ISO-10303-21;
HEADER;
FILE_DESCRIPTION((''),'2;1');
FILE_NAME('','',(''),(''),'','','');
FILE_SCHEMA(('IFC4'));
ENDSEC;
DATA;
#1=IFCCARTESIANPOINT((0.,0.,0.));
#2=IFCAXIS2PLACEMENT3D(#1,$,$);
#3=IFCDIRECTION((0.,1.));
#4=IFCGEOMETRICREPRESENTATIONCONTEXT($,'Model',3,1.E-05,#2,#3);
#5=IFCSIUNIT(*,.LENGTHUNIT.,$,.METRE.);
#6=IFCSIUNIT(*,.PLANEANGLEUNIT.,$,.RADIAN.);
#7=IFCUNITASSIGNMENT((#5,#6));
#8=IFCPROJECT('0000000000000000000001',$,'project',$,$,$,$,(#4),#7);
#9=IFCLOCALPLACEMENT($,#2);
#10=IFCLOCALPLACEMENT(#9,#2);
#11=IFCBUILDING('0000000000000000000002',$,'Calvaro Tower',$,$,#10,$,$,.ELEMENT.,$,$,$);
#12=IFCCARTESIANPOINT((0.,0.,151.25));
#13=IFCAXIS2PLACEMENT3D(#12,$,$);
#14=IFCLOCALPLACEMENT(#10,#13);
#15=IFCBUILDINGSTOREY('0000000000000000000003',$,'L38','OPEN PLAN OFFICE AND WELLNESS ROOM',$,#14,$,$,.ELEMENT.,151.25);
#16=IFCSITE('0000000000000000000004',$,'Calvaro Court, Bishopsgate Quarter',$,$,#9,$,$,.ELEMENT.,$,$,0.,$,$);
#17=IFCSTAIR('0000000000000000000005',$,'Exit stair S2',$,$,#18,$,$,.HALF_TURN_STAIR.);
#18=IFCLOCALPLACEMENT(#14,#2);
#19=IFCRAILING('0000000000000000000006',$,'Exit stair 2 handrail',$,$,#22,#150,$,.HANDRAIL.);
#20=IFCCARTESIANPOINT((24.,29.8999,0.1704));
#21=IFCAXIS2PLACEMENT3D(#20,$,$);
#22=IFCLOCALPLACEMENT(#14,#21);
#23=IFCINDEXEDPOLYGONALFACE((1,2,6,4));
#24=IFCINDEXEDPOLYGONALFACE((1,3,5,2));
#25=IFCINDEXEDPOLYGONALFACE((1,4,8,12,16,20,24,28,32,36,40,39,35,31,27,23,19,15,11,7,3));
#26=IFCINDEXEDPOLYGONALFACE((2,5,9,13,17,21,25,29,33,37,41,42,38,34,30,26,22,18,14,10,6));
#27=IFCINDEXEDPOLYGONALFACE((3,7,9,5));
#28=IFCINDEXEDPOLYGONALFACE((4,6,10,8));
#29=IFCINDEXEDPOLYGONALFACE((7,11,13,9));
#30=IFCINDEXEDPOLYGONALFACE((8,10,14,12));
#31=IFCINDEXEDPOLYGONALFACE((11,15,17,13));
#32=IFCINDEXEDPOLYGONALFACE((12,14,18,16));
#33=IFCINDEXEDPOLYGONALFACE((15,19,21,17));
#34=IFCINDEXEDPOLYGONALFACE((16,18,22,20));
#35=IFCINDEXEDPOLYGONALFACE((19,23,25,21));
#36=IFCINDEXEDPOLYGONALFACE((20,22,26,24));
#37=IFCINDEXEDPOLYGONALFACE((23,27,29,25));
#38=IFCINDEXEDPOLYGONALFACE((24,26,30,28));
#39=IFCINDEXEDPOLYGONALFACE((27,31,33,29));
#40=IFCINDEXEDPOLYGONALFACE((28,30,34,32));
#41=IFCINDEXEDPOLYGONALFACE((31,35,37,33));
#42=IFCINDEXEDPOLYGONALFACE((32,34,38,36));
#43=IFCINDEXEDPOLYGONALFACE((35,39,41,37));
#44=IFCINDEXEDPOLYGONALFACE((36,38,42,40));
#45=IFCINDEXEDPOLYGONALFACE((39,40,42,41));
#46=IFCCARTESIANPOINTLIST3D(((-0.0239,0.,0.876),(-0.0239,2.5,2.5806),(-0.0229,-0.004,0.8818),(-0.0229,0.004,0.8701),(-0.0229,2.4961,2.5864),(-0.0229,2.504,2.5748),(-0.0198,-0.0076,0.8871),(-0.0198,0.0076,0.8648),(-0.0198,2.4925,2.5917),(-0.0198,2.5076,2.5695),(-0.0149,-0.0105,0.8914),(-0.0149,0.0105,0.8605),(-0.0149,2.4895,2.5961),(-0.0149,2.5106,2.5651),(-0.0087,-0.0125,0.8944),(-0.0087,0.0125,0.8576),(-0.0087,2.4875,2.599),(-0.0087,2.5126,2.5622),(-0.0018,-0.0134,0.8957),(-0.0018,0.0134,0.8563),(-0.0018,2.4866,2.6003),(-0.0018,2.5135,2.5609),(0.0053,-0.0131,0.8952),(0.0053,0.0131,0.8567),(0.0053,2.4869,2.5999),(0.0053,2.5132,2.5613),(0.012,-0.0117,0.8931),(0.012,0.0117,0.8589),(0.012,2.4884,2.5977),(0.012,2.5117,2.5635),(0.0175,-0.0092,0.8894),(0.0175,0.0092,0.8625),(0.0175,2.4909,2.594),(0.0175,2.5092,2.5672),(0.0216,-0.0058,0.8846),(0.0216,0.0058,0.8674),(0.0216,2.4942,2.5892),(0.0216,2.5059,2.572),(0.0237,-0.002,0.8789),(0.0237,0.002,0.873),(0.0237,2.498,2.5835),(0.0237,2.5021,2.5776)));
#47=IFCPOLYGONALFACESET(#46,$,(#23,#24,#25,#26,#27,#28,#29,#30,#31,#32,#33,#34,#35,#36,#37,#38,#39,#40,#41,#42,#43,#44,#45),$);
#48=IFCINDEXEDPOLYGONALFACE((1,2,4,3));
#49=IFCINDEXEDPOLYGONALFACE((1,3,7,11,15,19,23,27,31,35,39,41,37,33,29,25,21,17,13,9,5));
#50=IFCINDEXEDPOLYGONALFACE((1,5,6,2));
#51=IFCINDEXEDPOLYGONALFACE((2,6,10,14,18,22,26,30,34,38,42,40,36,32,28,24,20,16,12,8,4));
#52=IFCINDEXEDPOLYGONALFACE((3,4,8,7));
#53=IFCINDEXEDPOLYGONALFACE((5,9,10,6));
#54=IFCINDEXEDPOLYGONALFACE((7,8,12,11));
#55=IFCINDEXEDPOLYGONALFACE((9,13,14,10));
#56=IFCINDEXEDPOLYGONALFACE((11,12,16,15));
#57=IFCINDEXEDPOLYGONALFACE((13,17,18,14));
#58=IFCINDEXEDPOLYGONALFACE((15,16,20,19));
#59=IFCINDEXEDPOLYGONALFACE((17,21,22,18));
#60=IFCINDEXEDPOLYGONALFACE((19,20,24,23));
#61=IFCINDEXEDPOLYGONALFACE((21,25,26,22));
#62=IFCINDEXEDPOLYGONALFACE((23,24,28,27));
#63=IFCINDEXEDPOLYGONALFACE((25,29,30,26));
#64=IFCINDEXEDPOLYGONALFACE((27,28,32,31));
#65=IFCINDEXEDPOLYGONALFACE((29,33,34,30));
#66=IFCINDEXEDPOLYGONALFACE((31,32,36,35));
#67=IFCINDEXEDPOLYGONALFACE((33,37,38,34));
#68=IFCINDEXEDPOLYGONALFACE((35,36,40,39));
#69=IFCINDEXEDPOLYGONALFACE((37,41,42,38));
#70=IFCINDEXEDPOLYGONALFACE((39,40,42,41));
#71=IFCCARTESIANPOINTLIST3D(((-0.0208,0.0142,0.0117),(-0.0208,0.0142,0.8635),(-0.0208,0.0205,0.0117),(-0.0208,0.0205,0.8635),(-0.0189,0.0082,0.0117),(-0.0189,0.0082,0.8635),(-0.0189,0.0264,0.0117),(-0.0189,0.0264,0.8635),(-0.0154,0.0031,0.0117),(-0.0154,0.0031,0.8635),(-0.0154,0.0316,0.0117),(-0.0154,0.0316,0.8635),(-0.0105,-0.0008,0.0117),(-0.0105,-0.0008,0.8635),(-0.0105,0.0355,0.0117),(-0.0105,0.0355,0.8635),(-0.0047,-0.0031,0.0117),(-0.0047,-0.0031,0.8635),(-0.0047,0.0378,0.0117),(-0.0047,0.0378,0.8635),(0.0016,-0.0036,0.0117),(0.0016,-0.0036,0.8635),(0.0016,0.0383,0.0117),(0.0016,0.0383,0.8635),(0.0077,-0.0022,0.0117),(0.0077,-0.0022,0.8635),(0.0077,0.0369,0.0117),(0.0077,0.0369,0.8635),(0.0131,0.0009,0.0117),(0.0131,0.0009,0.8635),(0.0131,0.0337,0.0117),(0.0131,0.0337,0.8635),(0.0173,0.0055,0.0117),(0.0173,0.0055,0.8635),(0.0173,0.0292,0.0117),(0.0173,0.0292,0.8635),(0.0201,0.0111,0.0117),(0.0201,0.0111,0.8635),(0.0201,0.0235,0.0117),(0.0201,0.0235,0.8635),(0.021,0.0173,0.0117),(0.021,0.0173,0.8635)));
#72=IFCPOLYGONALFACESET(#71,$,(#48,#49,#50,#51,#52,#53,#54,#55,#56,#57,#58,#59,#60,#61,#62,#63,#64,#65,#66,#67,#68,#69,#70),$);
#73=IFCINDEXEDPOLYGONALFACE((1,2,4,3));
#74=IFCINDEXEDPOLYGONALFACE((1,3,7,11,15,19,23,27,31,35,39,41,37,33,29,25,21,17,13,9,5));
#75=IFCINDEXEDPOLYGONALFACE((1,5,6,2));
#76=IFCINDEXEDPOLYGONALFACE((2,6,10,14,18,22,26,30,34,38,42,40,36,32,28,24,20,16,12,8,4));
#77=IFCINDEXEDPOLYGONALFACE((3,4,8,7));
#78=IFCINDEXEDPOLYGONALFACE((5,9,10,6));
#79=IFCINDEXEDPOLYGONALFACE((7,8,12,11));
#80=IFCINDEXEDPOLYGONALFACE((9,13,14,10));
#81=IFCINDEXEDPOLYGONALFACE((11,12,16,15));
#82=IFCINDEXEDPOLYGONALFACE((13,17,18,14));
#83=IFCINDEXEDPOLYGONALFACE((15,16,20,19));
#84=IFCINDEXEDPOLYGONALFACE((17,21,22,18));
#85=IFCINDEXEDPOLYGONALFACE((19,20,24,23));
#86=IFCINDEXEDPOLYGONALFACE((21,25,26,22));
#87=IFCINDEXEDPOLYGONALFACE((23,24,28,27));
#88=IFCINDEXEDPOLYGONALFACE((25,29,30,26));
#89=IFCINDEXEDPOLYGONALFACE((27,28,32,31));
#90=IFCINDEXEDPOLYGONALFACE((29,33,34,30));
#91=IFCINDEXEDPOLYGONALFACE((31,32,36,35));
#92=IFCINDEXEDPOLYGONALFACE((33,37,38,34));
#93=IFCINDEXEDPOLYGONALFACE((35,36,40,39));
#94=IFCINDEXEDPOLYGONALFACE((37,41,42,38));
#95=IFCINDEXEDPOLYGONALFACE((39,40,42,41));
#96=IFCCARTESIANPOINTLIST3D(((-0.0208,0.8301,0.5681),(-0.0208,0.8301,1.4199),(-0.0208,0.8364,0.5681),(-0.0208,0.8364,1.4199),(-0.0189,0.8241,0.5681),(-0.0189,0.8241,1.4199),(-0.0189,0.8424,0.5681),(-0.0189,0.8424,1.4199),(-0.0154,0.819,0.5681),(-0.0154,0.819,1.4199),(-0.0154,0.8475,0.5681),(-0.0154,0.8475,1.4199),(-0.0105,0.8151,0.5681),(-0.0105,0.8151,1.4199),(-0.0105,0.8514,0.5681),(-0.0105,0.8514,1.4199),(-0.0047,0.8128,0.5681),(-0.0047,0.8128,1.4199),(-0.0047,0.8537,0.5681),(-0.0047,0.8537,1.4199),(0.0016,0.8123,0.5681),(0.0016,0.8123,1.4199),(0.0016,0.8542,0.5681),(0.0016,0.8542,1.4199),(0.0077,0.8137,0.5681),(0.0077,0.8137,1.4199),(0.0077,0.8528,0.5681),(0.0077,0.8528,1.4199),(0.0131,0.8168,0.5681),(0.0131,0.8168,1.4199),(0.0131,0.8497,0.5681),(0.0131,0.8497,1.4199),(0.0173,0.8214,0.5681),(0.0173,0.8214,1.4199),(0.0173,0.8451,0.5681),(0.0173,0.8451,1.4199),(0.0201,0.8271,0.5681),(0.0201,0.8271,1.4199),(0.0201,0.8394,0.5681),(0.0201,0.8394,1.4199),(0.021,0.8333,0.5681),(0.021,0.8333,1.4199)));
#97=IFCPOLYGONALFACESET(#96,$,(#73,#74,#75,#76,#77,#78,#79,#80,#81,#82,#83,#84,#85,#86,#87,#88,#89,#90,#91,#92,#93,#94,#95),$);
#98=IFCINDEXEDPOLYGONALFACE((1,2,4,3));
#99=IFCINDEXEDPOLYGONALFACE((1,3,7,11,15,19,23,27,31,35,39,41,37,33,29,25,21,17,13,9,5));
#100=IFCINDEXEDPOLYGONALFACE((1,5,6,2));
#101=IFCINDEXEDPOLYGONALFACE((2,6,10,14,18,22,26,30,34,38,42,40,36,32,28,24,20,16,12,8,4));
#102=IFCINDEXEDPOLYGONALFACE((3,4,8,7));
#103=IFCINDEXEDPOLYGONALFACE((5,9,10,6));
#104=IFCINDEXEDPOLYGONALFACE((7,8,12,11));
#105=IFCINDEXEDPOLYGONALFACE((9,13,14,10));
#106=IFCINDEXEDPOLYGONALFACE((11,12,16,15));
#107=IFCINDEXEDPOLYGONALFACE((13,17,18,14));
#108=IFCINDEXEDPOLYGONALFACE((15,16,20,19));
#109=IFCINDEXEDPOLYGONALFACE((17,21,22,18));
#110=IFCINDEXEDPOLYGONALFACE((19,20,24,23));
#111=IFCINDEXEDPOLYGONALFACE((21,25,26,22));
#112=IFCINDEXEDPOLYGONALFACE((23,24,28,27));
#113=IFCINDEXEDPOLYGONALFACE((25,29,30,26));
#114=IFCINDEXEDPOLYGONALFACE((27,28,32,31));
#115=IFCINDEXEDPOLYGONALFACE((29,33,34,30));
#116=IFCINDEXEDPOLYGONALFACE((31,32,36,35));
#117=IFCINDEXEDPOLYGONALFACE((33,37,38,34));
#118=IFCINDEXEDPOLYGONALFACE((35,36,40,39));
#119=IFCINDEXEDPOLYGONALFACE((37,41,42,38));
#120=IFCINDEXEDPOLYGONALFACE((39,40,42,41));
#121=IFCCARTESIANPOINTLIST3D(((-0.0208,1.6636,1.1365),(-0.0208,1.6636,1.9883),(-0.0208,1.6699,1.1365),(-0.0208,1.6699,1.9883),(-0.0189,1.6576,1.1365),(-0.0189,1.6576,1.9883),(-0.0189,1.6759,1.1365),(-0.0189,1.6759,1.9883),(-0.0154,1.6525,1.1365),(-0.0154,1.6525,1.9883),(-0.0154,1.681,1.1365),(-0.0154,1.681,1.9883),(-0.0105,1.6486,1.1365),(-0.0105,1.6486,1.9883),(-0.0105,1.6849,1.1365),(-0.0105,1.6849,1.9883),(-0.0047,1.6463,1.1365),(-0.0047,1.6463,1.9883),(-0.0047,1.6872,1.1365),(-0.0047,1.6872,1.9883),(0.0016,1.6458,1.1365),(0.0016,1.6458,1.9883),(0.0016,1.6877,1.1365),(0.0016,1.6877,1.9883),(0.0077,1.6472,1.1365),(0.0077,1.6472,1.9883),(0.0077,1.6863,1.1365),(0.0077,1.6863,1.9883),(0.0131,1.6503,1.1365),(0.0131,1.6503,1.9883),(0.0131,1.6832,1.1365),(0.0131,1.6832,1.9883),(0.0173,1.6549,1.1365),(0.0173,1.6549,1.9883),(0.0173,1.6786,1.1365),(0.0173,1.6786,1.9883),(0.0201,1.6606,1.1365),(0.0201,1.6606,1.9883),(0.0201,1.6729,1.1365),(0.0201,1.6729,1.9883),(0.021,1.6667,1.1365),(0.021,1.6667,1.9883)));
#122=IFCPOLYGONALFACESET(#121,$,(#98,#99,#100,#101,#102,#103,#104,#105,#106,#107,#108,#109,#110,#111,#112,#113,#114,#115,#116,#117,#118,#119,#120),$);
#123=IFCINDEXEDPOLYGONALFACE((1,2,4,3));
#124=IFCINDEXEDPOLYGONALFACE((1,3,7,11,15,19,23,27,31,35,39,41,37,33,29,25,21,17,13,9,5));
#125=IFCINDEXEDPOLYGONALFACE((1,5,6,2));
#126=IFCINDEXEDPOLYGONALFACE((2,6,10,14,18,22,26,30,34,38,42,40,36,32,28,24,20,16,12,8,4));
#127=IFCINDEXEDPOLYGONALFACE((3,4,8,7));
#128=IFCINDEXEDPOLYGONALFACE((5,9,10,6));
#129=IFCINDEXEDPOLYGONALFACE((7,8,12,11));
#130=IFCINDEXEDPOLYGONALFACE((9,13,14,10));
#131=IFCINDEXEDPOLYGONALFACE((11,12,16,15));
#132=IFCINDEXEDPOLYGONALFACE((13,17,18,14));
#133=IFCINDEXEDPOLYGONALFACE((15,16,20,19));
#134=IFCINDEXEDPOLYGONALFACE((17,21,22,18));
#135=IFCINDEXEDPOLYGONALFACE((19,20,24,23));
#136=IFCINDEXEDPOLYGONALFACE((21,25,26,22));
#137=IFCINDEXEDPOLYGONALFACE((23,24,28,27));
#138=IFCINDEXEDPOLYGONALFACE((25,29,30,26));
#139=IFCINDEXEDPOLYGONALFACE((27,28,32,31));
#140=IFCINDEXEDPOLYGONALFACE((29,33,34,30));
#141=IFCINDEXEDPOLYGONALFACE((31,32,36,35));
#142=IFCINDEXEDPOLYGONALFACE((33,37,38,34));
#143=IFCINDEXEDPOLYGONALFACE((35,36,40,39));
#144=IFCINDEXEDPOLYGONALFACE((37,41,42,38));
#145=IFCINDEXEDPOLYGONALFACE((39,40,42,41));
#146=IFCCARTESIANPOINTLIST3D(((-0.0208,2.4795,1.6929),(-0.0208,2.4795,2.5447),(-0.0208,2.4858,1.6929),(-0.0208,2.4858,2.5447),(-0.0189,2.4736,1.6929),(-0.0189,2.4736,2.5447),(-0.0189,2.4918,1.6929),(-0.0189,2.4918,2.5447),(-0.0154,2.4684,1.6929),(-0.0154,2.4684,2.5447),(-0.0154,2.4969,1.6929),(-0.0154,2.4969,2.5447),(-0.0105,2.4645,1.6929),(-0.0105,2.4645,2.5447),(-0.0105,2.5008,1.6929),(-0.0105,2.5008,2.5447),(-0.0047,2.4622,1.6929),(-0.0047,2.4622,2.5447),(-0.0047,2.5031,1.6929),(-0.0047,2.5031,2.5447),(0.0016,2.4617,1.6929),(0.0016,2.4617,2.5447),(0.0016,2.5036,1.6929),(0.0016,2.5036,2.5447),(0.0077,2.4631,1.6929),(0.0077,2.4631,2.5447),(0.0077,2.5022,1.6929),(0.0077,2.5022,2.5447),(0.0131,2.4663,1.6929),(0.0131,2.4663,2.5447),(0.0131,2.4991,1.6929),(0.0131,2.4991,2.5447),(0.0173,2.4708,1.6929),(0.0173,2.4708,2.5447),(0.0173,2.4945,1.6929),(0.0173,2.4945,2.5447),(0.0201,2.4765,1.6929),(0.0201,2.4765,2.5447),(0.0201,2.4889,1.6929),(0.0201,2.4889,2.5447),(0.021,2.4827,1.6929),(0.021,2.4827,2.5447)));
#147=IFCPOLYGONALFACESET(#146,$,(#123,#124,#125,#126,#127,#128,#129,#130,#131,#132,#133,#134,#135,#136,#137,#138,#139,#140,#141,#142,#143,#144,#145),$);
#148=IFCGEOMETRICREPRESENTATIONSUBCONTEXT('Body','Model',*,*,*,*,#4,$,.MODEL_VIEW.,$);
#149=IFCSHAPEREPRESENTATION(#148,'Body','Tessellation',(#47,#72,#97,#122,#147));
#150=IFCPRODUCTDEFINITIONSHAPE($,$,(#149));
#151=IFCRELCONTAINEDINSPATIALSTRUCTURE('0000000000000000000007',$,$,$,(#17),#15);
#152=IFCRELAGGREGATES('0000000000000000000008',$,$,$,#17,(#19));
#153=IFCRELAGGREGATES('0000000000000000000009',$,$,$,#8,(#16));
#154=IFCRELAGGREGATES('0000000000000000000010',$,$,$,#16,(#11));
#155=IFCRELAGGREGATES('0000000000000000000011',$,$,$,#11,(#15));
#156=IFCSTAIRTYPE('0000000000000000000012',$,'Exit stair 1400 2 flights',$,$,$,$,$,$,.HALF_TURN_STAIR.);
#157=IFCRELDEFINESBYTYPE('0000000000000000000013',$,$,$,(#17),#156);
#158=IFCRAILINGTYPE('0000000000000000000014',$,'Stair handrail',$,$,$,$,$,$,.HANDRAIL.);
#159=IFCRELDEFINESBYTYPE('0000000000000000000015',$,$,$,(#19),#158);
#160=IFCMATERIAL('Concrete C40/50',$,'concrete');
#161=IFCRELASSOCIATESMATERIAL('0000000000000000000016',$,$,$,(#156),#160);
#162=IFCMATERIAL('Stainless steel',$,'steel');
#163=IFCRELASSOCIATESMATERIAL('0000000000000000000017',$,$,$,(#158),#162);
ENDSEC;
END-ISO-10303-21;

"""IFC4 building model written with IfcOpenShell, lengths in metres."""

from ifc_helpers import new_model, si_unit, direction, frame, origin, origin_2d, place, context, subcontext, project, spatial, circle, extrude, material, type_object, element, aggregate, save


model = new_model("IFC4")

# Units and contexts
model_context = context("Model", 3, precision=1e-05, world=origin(), true_north=direction((0.0, 1.0)))
body_context = subcontext(model_context, "Body", "Model", "MODEL_VIEW")
ifc_project = project(units=[si_unit("LENGTHUNIT", "METRE"), si_unit("PLANEANGLEUNIT", "RADIAN")], contexts=[model_context])

# Site, building, storey
site_placement = place(None, origin())
site = spatial("IfcSite", under=ifc_project, at=site_placement, Name="Calvaro Court, Bishopsgate Quarter", CompositionType="ELEMENT", RefElevation=0.0)
building_placement = place(site_placement, origin())
building = spatial("IfcBuilding", under=site, at=building_placement, Name="Calvaro Tower", CompositionType="ELEMENT")
storey_placement = place(building_placement, frame((0.0, 0.0, 151.25)))
storey = spatial("IfcBuildingStorey", under=building, at=storey_placement, Name="L38", Description="OPEN PLAN OFFICE AND WELLNESS ROOM", CompositionType="ELEMENT", Elevation=151.25)

# Stair, railing
ifc_material_1 = material(Name="Concrete C40/50", Category="concrete")
stair_type = type_object("IfcStairType", Name="Exit stair 1400 2 flights", PredefinedType="HALF_TURN_STAIR", material=ifc_material_1)
stair_placement = place(storey_placement, origin())
stair = element("IfcStair", 1, at=stair_placement, inside=storey, type_object=stair_type, Name="Exit stair S2", PredefinedType="HALF_TURN_STAIR")
ifc_material_2 = material(Name="Stainless steel", Category="steel")
railing_type = type_object("IfcRailingType", Name="Stair handrail", PredefinedType="HANDRAIL", material=ifc_material_2)
railing_1_placement = place(storey_placement, frame((24.0, 29.8999, 0.1704)))
railing_1 = element("IfcRailing", 2, at=railing_1_placement, type_object=railing_type, Name="Exit stair 2 handrail", PredefinedType="HANDRAIL", context=body_context, shape_type="SweptSolid", body=[
    extrude(circle(Radius=0.0239, at=origin_2d()), frame((0.0, 0.0, 0.876), z_axis=(0.0, 0.826221, 0.563347), x_axis=(-1.0, 0.0, 0.0)), (0.0, 0.0, 1.0), 3.0259),
    extrude(circle(Radius=0.021, at=origin_2d()), frame((0.0, 0.0173, 0.0117)), (0.0, 0.0, 1.0), 0.8518),
    extrude(circle(Radius=0.021, at=origin_2d()), frame((0.0, 0.8333, 0.5681)), (0.0, 0.0, 1.0), 0.8518),
    extrude(circle(Radius=0.021, at=origin_2d()), frame((0.0, 1.6667, 1.1365)), (0.0, 0.0, 1.0), 0.8518),
    extrude(circle(Radius=0.021, at=origin_2d()), frame((0.0, 2.4827, 1.6929)), (0.0, 0.0, 1.0), 0.8518),
])
aggregate(stair, [railing_1])

save(model, "model.ifc")
